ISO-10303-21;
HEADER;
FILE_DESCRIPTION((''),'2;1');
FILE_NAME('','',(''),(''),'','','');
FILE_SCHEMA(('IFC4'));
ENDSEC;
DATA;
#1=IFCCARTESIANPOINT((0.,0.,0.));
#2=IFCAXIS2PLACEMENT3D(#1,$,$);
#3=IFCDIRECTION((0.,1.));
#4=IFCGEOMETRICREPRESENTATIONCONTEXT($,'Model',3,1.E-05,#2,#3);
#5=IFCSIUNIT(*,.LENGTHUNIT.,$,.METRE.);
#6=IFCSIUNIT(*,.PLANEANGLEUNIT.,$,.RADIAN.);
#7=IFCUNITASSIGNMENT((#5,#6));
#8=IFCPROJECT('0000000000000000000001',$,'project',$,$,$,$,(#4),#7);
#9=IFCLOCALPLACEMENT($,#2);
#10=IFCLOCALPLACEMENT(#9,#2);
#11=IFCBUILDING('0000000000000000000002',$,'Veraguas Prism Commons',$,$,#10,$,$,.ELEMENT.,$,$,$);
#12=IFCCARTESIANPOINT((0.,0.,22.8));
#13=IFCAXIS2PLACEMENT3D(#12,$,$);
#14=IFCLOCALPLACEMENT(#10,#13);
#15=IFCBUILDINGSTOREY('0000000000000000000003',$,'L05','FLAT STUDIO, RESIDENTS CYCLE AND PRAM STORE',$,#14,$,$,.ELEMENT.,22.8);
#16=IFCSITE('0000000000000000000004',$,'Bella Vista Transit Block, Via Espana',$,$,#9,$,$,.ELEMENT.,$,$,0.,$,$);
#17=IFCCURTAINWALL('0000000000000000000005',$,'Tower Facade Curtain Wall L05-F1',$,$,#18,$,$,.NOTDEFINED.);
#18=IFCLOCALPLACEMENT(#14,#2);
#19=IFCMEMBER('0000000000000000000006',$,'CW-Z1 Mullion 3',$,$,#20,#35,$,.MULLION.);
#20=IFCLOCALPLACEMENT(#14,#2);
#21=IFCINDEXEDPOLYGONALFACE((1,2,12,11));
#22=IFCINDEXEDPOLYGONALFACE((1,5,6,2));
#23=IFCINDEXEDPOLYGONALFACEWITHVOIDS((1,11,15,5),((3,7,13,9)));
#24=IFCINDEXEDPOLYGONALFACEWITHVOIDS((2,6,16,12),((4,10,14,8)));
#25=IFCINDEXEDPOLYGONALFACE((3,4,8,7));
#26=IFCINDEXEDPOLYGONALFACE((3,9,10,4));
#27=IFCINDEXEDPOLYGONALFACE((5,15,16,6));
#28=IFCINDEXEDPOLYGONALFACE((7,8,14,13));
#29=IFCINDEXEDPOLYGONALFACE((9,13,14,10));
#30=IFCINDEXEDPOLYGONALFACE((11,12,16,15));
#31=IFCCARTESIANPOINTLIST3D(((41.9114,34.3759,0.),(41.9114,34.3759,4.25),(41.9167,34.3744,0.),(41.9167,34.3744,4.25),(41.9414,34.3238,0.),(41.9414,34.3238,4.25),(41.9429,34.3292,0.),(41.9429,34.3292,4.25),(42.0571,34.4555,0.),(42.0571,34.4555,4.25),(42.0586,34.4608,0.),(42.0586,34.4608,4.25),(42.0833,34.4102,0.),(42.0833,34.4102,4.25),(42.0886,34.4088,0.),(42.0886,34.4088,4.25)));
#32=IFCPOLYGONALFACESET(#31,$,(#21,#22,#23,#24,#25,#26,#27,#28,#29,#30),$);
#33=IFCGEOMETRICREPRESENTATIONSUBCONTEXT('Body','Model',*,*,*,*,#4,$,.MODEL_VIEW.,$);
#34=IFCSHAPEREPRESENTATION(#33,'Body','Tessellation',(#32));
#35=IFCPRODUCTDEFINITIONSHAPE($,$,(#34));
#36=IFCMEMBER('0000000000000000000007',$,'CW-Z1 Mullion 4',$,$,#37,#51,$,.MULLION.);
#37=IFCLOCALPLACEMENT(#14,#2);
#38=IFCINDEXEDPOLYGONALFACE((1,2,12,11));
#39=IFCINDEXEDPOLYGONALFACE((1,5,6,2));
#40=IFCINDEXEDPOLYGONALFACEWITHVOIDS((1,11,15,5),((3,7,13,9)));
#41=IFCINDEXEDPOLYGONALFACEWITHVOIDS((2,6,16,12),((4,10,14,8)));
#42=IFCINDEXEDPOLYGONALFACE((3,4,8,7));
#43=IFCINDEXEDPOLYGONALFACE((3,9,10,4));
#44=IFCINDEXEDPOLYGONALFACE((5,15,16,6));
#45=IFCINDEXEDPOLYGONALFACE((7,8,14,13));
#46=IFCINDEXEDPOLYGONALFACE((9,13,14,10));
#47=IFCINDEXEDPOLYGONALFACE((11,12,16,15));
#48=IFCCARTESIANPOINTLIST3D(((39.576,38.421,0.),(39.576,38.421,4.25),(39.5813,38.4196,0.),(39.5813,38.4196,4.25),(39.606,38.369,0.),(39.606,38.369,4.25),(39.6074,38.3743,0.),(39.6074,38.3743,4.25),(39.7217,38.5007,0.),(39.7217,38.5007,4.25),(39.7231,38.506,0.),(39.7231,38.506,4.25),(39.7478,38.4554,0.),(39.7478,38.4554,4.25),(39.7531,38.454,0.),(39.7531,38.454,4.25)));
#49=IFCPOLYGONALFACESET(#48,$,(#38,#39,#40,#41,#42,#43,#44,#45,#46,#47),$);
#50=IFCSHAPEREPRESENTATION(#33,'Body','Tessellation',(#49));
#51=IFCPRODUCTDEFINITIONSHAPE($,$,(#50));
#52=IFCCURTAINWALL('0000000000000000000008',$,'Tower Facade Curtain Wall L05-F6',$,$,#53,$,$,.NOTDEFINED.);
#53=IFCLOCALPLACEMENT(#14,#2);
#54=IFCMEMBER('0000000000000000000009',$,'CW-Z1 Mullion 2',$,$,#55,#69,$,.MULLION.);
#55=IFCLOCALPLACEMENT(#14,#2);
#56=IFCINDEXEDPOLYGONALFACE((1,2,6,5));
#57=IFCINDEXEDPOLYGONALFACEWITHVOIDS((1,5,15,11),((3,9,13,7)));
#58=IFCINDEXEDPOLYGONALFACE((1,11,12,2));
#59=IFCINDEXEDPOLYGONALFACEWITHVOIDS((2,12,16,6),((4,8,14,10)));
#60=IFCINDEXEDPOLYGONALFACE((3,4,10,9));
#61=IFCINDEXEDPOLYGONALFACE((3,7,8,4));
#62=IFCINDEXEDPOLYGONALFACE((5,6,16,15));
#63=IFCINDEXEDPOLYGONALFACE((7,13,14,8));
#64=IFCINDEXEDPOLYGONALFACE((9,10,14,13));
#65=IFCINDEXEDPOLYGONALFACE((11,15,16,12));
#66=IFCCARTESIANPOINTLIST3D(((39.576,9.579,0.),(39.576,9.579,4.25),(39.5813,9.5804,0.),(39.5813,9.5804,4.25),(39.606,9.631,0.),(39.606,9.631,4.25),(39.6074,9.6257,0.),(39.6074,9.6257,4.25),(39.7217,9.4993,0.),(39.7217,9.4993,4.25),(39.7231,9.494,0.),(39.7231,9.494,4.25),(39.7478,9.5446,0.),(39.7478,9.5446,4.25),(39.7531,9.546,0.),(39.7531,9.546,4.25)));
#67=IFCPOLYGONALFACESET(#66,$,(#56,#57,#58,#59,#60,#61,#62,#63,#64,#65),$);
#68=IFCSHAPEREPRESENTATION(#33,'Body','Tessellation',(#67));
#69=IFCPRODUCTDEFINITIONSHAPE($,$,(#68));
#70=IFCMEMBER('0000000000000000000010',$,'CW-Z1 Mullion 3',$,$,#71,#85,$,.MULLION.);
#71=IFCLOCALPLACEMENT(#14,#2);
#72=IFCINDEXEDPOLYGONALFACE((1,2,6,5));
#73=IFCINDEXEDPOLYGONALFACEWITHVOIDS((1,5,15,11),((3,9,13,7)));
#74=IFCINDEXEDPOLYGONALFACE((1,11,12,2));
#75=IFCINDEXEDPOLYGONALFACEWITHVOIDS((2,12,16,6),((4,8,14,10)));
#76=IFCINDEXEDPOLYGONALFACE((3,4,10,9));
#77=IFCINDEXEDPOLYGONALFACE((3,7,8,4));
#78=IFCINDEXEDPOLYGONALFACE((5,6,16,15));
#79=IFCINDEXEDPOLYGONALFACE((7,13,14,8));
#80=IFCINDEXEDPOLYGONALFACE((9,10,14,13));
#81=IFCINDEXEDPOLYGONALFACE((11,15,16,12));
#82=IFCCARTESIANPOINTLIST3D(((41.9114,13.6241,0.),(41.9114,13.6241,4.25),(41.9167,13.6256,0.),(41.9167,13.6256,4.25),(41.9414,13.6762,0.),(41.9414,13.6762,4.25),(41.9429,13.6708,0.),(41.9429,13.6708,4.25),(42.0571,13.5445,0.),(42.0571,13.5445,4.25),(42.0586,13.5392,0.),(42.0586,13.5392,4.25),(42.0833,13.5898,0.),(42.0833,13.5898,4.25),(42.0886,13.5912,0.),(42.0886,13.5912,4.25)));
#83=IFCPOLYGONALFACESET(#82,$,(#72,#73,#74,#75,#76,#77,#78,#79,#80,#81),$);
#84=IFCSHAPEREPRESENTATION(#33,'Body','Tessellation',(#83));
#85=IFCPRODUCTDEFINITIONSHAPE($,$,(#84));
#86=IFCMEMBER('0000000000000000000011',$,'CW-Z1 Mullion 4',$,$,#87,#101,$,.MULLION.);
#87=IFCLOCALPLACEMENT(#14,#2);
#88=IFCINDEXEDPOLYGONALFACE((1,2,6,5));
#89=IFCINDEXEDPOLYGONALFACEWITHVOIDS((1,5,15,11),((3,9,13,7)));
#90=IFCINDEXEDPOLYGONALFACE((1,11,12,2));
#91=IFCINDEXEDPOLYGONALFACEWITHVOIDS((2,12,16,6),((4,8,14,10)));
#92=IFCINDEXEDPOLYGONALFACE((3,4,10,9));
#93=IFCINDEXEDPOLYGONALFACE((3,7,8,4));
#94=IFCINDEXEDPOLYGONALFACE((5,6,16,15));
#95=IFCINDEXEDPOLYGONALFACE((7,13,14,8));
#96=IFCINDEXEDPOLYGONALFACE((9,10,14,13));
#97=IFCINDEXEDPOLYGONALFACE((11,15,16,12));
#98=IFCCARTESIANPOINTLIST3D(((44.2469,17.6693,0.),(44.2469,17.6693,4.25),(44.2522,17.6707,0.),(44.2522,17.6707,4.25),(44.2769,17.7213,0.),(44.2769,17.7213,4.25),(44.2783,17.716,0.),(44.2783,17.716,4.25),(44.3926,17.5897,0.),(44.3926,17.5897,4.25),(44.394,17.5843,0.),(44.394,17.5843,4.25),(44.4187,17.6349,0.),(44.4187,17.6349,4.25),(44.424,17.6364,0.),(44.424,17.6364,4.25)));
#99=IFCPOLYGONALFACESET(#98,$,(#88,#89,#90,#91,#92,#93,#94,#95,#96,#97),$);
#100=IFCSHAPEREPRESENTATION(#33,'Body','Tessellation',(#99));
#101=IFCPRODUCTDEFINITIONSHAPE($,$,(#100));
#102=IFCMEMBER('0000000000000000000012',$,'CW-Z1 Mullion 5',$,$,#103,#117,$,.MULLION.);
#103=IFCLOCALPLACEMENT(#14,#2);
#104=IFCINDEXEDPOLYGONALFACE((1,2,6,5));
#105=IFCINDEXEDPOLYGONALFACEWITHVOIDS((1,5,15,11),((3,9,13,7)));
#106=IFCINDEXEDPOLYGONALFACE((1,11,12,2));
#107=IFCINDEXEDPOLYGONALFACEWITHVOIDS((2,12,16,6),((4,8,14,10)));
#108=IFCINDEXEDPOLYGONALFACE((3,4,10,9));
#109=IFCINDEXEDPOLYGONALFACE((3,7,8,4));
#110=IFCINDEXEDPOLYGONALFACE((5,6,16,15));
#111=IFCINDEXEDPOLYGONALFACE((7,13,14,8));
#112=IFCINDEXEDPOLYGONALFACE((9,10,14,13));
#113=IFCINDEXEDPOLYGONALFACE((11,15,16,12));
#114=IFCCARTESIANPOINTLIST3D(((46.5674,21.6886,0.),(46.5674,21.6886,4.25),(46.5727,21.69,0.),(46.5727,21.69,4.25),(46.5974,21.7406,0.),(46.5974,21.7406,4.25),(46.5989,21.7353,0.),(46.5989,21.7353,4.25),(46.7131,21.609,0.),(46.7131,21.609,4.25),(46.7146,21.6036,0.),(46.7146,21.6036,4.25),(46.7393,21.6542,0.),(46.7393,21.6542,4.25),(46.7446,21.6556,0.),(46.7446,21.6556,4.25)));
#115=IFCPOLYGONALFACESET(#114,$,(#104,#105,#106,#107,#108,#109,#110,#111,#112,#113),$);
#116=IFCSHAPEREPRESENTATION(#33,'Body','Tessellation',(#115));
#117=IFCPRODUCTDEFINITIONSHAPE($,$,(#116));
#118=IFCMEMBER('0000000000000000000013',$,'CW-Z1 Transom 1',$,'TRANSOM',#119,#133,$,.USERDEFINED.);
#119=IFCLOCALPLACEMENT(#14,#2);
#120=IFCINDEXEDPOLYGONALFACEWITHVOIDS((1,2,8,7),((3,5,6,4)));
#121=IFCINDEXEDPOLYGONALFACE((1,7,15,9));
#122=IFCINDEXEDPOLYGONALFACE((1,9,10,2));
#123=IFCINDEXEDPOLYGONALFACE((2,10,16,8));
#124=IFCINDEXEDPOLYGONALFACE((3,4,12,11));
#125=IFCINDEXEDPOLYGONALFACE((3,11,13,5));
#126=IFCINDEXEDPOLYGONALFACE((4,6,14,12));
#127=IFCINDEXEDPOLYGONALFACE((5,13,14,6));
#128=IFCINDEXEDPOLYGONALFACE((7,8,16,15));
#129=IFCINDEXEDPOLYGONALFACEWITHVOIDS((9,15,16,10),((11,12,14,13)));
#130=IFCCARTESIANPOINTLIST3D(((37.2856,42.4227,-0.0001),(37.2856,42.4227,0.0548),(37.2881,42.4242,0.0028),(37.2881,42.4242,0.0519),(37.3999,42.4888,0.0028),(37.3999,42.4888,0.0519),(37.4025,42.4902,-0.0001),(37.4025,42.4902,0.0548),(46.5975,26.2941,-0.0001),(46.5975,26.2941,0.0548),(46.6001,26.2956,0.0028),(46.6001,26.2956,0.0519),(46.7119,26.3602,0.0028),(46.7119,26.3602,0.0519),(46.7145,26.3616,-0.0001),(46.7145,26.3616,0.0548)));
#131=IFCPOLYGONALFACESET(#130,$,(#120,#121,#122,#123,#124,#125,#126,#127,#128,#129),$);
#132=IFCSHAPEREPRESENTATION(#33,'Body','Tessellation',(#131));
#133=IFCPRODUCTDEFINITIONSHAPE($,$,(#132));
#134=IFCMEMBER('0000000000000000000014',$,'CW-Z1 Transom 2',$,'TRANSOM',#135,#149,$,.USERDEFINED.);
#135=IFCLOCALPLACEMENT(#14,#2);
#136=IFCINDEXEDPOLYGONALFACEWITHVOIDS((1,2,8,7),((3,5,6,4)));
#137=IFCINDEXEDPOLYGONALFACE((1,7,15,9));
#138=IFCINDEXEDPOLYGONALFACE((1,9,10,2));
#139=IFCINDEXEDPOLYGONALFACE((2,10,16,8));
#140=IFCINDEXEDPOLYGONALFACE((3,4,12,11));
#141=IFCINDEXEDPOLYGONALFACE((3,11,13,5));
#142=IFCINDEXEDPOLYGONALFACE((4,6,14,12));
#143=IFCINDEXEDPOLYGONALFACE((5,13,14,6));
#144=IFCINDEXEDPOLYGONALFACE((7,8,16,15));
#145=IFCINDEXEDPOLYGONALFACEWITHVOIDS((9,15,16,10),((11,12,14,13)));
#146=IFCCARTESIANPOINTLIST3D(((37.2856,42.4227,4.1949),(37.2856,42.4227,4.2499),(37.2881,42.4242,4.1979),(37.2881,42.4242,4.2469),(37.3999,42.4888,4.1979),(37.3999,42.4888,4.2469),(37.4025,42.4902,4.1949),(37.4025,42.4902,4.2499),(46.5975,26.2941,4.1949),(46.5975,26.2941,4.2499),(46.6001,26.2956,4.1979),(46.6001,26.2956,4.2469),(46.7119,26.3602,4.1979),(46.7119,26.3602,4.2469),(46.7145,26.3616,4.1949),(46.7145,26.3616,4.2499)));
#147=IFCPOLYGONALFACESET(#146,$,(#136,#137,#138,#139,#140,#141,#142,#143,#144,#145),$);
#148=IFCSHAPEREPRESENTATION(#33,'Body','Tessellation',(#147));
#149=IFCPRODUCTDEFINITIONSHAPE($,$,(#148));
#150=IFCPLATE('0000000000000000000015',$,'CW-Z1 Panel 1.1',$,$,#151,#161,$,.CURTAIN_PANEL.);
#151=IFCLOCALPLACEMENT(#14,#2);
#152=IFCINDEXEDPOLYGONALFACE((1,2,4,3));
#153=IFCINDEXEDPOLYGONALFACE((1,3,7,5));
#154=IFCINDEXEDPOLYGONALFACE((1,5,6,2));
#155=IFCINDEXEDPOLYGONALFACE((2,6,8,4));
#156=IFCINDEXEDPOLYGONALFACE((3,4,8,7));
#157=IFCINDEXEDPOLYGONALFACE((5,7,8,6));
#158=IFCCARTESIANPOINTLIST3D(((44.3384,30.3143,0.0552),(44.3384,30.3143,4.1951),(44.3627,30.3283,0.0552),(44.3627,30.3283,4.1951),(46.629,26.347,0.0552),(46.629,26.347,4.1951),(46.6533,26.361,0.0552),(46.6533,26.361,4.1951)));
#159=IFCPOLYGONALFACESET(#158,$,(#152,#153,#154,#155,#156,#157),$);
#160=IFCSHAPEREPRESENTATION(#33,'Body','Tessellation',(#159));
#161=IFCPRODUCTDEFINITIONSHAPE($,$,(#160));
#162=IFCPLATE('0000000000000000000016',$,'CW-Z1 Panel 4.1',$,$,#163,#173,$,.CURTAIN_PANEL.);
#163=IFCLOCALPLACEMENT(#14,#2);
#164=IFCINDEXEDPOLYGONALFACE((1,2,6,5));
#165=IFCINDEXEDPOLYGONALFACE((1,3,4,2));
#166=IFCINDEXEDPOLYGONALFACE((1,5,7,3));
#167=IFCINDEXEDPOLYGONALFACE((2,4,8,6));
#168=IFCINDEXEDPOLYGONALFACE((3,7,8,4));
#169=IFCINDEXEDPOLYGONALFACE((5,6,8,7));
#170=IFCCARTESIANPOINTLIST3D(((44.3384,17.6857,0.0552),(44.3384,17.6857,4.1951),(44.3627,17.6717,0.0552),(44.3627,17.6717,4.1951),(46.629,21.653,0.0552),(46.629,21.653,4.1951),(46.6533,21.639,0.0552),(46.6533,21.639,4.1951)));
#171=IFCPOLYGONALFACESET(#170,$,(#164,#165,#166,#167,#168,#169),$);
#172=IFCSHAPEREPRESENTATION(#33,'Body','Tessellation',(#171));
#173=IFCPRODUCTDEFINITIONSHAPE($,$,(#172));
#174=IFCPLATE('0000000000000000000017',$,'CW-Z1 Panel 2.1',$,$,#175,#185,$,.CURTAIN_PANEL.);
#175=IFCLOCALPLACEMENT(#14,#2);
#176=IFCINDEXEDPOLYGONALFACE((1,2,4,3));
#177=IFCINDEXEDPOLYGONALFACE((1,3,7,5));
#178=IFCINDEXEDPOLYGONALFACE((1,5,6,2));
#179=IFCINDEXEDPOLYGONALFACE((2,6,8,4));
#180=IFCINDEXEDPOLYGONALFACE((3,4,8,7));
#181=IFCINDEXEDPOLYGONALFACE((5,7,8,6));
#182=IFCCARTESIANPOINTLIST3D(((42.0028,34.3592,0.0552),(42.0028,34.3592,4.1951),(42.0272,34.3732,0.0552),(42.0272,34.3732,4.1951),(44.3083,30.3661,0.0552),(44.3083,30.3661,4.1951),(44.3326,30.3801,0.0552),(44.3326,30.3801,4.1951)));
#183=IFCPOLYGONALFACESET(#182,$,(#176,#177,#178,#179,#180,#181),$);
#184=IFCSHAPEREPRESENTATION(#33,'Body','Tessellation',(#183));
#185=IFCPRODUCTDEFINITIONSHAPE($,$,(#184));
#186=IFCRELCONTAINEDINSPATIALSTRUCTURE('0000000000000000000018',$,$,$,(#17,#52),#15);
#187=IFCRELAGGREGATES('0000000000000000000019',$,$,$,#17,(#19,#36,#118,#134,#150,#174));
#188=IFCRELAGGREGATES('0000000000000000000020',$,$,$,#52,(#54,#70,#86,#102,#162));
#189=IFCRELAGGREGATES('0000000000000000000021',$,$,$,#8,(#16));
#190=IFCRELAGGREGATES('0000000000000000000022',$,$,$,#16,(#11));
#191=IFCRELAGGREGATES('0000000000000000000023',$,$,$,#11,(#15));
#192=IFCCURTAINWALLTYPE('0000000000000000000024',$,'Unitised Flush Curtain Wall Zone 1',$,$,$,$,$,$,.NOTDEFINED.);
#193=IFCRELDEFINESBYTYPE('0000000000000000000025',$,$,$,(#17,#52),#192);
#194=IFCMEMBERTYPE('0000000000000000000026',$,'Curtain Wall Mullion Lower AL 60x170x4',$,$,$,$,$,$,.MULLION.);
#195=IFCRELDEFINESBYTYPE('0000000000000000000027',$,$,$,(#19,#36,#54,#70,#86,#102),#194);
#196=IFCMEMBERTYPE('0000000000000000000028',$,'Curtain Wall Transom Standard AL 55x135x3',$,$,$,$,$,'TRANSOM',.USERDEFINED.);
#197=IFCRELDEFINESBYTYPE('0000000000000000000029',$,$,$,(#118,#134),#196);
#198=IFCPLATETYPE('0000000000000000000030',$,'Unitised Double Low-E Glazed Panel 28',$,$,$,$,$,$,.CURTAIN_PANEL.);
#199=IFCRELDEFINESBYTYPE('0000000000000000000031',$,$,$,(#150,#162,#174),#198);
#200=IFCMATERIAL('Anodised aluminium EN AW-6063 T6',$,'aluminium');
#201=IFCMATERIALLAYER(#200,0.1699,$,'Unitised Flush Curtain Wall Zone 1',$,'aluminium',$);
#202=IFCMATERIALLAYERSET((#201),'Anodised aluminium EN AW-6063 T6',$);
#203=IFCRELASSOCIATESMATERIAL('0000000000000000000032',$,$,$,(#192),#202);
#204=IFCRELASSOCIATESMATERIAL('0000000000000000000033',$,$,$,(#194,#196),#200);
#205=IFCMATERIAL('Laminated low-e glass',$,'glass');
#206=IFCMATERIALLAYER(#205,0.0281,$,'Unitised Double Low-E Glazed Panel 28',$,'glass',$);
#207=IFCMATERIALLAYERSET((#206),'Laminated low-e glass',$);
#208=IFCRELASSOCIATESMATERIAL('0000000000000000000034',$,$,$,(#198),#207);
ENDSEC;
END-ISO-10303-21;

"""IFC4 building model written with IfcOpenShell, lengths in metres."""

from ifc_helpers import new_model, si_unit, direction, frame, origin, origin_2d, place, context, subcontext, project, spatial, rectangle, hollow_rectangle, extrude, source, transform, mapped, material, layer, layer_set, material_profile, profile_set, type_object, element, aggregate, save


model = new_model("IFC4")

# Units and contexts
model_context = context("Model", 3, precision=1e-05, world=origin(), true_north=direction((0.0, 1.0)))
body_context = subcontext(model_context, "Body", "Model", "MODEL_VIEW")
ifc_project = project(units=[si_unit("LENGTHUNIT", "METRE"), si_unit("PLANEANGLEUNIT", "RADIAN")], contexts=[model_context])

# Site, building, storey
site_placement = place(None, origin())
site = spatial("IfcSite", under=ifc_project, at=site_placement, Name="Bella Vista Transit Block, Via Espana", CompositionType="ELEMENT", RefElevation=0.0)
building_placement = place(site_placement, origin())
building = spatial("IfcBuilding", under=site, at=building_placement, Name="Veraguas Prism Commons", CompositionType="ELEMENT")
storey_placement = place(building_placement, frame((0.0, 0.0, 22.8)))
storey = spatial("IfcBuildingStorey", under=building, at=storey_placement, Name="L05", Description="FLAT STUDIO, RESIDENTS CYCLE AND PRAM STORE", CompositionType="ELEMENT", Elevation=22.8)

# Curtain walls, members
ifc_material_1 = material(Name="Anodised aluminium EN AW-6063 T6", Category="aluminium")
ifc_layer_1 = layer(ifc_material_1, 0.1699, Name="Unitised Flush Curtain Wall Zone 1", Category="aluminium")
ifc_layer_set_1 = layer_set([ifc_layer_1], Name="Anodised aluminium EN AW-6063 T6")
curtain_wall_type = type_object("IfcCurtainWallType", Name="Unitised Flush Curtain Wall Zone 1", PredefinedType="NOTDEFINED", material=ifc_layer_set_1)
curtain_wall_1_placement = place(storey_placement, origin())
curtain_wall_1 = element("IfcCurtainWall", 1, at=curtain_wall_1_placement, inside=storey, type_object=curtain_wall_type, Name="Tower Facade Curtain Wall L05-F1", PredefinedType="NOTDEFINED")
ifc_material_profile_1 = material_profile(ifc_material_1, hollow_rectangle(XDim=0.0601, YDim=0.1699, WallThickness=0.0039, at=origin_2d()), Name="AL60X170X4")
ifc_profile_set_1 = profile_set([ifc_material_profile_1], Name="Anodised aluminium EN AW-6063 T6")
member_type_1 = type_object("IfcMemberType", Name="Curtain Wall Mullion Lower AL 60x170x4", PredefinedType="MULLION", material=ifc_profile_set_1)
shared_shape_1 = source(origin(), body_context, "Body", "SweptSolid", [
    extrude(hollow_rectangle(XDim=0.0601, YDim=0.1699, WallThickness=0.0039, at=origin_2d()), origin(), (0.0, 0.0, 1.0), 4.25),
])
member_1_placement = place(storey_placement, frame((42.0, 34.3923, 0.0), z_axis=(0.0, 0.0, 1.0), x_axis=(-0.500005, 0.866023, 0.0)))
member_1 = element("IfcMember", 2, at=member_1_placement, type_object=member_type_1, Name="CW-Z1 Mullion 3", PredefinedType="MULLION", context=body_context, shape_type="MappedRepresentation", body=[
    mapped(shared_shape_1, transform((0.0, 0.0, 0.0), scale=1.0)),
])
member_2_placement = place(storey_placement, frame((39.6646, 38.4375, 0.0), z_axis=(0.0, 0.0, 1.0), x_axis=(-0.500005, 0.866023, 0.0)))
member_2 = element("IfcMember", 3, at=member_2_placement, type_object=member_type_1, Name="CW-Z1 Mullion 4", PredefinedType="MULLION", context=body_context, shape_type="MappedRepresentation", body=[
    mapped(shared_shape_1, transform((0.0, 0.0, 0.0), scale=1.0)),
])
curtain_wall_2_placement = place(storey_placement, origin())
curtain_wall_2 = element("IfcCurtainWall", 4, at=curtain_wall_2_placement, inside=storey, type_object=curtain_wall_type, Name="Tower Facade Curtain Wall L05-F6", PredefinedType="NOTDEFINED")
member_3_placement = place(storey_placement, frame((39.6646, 9.5625, 0.0), z_axis=(0.0, 0.0, 1.0), x_axis=(0.500005, 0.866023, 0.0)))
member_3 = element("IfcMember", 5, at=member_3_placement, type_object=member_type_1, Name="CW-Z1 Mullion 2", PredefinedType="MULLION", context=body_context, shape_type="MappedRepresentation", body=[
    mapped(shared_shape_1, transform((0.0, 0.0, 0.0), scale=1.0)),
])
member_4_placement = place(storey_placement, frame((42.0, 13.6077, 0.0), z_axis=(0.0, 0.0, 1.0), x_axis=(0.500005, 0.866023, 0.0)))
member_4 = element("IfcMember", 6, at=member_4_placement, type_object=member_type_1, Name="CW-Z1 Mullion 3", PredefinedType="MULLION", context=body_context, shape_type="MappedRepresentation", body=[
    mapped(shared_shape_1, transform((0.0, 0.0, 0.0), scale=1.0)),
])
member_5_placement = place(storey_placement, frame((44.3354, 17.6528, 0.0), z_axis=(0.0, 0.0, 1.0), x_axis=(0.500005, 0.866023, 0.0)))
member_5 = element("IfcMember", 7, at=member_5_placement, type_object=member_type_1, Name="CW-Z1 Mullion 4", PredefinedType="MULLION", context=body_context, shape_type="MappedRepresentation", body=[
    mapped(shared_shape_1, transform((0.0, 0.0, 0.0), scale=1.0)),
])
member_6_placement = place(storey_placement, frame((46.656, 21.6721, 0.0), z_axis=(0.0, 0.0, 1.0), x_axis=(0.500005, 0.866023, 0.0)))
member_6 = element("IfcMember", 8, at=member_6_placement, type_object=member_type_1, Name="CW-Z1 Mullion 5", PredefinedType="MULLION", context=body_context, shape_type="MappedRepresentation", body=[
    mapped(shared_shape_1, transform((0.0, 0.0, 0.0), scale=1.0)),
])

# Members
ifc_material_profile_2 = material_profile(ifc_material_1, hollow_rectangle(XDim=0.0549, YDim=0.135, WallThickness=0.0029, at=origin_2d()), Name="AL55X135X3")
ifc_profile_set_2 = profile_set([ifc_material_profile_2], Name="Anodised aluminium EN AW-6063 T6")
member_type_2 = type_object("IfcMemberType", Name="Curtain Wall Transom Standard AL 55x135x3", ElementType="TRANSOM", PredefinedType="USERDEFINED", material=ifc_profile_set_2)
shared_shape_2 = source(origin(), body_context, "Body", "SweptSolid", [
    extrude(hollow_rectangle(XDim=0.0549, YDim=0.135, WallThickness=0.0029, at=origin_2d()), origin(), (0.0, 0.0, 1.0), 18.6238),
])
member_7_placement = place(storey_placement, frame((46.656, 26.3279, 0.0273), z_axis=(-0.500005, 0.866023, 0.0), x_axis=(0.0, 0.0, 1.0)))
member_7 = element("IfcMember", 9, at=member_7_placement, type_object=member_type_2, Name="CW-Z1 Transom 1", ObjectType="TRANSOM", PredefinedType="USERDEFINED", context=body_context, shape_type="MappedRepresentation", body=[
    mapped(shared_shape_2, transform((0.0, 0.0, 0.0), scale=1.0)),
])
member_8_placement = place(storey_placement, frame((46.656, 26.3279, 4.2224), z_axis=(-0.500005, 0.866023, 0.0), x_axis=(0.0, 0.0, 1.0)))
member_8 = element("IfcMember", 10, at=member_8_placement, type_object=member_type_2, Name="CW-Z1 Transom 2", ObjectType="TRANSOM", PredefinedType="USERDEFINED", context=body_context, shape_type="MappedRepresentation", body=[
    mapped(shared_shape_2, transform((0.0, 0.0, 0.0), scale=1.0)),
])

# Plates
ifc_material_2 = material(Name="Laminated low-e glass", Category="glass")
ifc_layer_2 = layer(ifc_material_2, 0.0281, Name="Unitised Double Low-E Glazed Panel 28", Category="glass")
ifc_layer_set_2 = layer_set([ifc_layer_2], Name="Laminated low-e glass")
plate_type = type_object("IfcPlateType", Name="Unitised Double Low-E Glazed Panel 28", PredefinedType="CURTAIN_PANEL", material=ifc_layer_set_2)
shared_shape_3 = source(origin(), body_context, "Body", "SweptSolid", [
    extrude(rectangle(XDim=4.5811, YDim=0.0281, at=origin_2d()), origin(), (0.0, 0.0, 1.0), 4.1399),
])
plate_1_placement = place(storey_placement, frame((45.4958, 28.3376, 0.0552), z_axis=(0.0, 0.0, 1.0), x_axis=(-0.500005, 0.866023, 0.0)))
plate_1 = element("IfcPlate", 11, at=plate_1_placement, type_object=plate_type, Name="CW-Z1 Panel 1.1", PredefinedType="CURTAIN_PANEL", context=body_context, shape_type="MappedRepresentation", body=[
    mapped(shared_shape_3, transform((0.0, 0.0, 0.0), scale=1.0)),
])
plate_2_placement = place(storey_placement, frame((45.4958, 19.6624, 0.0552), z_axis=(0.0, 0.0, 1.0), x_axis=(0.500005, 0.866023, 0.0)))
plate_2 = element("IfcPlate", 12, at=plate_2_placement, type_object=plate_type, Name="CW-Z1 Panel 4.1", PredefinedType="CURTAIN_PANEL", context=body_context, shape_type="MappedRepresentation", body=[
    mapped(shared_shape_3, transform((0.0, 0.0, 0.0), scale=1.0)),
])
shared_shape_4 = source(origin(), body_context, "Body", "SweptSolid", [
    extrude(rectangle(XDim=4.6108, YDim=0.0281, at=origin_2d()), origin(), (0.0, 0.0, 1.0), 4.1399),
])
plate_3_placement = place(storey_placement, frame((43.1677, 32.3696, 0.0552), z_axis=(0.0, 0.0, 1.0), x_axis=(-0.500005, 0.866023, 0.0)))
plate_3 = element("IfcPlate", 13, at=plate_3_placement, type_object=plate_type, Name="CW-Z1 Panel 2.1", PredefinedType="CURTAIN_PANEL", context=body_context, shape_type="MappedRepresentation", body=[
    mapped(shared_shape_4, transform((0.0, 0.0, 0.0), scale=1.0)),
])
aggregate(curtain_wall_1, [member_1, member_2, member_7, member_8, plate_1, plate_3])
aggregate(curtain_wall_2, [member_3, member_4, member_5, member_6, plate_2])

save(model, "model.ifc")
